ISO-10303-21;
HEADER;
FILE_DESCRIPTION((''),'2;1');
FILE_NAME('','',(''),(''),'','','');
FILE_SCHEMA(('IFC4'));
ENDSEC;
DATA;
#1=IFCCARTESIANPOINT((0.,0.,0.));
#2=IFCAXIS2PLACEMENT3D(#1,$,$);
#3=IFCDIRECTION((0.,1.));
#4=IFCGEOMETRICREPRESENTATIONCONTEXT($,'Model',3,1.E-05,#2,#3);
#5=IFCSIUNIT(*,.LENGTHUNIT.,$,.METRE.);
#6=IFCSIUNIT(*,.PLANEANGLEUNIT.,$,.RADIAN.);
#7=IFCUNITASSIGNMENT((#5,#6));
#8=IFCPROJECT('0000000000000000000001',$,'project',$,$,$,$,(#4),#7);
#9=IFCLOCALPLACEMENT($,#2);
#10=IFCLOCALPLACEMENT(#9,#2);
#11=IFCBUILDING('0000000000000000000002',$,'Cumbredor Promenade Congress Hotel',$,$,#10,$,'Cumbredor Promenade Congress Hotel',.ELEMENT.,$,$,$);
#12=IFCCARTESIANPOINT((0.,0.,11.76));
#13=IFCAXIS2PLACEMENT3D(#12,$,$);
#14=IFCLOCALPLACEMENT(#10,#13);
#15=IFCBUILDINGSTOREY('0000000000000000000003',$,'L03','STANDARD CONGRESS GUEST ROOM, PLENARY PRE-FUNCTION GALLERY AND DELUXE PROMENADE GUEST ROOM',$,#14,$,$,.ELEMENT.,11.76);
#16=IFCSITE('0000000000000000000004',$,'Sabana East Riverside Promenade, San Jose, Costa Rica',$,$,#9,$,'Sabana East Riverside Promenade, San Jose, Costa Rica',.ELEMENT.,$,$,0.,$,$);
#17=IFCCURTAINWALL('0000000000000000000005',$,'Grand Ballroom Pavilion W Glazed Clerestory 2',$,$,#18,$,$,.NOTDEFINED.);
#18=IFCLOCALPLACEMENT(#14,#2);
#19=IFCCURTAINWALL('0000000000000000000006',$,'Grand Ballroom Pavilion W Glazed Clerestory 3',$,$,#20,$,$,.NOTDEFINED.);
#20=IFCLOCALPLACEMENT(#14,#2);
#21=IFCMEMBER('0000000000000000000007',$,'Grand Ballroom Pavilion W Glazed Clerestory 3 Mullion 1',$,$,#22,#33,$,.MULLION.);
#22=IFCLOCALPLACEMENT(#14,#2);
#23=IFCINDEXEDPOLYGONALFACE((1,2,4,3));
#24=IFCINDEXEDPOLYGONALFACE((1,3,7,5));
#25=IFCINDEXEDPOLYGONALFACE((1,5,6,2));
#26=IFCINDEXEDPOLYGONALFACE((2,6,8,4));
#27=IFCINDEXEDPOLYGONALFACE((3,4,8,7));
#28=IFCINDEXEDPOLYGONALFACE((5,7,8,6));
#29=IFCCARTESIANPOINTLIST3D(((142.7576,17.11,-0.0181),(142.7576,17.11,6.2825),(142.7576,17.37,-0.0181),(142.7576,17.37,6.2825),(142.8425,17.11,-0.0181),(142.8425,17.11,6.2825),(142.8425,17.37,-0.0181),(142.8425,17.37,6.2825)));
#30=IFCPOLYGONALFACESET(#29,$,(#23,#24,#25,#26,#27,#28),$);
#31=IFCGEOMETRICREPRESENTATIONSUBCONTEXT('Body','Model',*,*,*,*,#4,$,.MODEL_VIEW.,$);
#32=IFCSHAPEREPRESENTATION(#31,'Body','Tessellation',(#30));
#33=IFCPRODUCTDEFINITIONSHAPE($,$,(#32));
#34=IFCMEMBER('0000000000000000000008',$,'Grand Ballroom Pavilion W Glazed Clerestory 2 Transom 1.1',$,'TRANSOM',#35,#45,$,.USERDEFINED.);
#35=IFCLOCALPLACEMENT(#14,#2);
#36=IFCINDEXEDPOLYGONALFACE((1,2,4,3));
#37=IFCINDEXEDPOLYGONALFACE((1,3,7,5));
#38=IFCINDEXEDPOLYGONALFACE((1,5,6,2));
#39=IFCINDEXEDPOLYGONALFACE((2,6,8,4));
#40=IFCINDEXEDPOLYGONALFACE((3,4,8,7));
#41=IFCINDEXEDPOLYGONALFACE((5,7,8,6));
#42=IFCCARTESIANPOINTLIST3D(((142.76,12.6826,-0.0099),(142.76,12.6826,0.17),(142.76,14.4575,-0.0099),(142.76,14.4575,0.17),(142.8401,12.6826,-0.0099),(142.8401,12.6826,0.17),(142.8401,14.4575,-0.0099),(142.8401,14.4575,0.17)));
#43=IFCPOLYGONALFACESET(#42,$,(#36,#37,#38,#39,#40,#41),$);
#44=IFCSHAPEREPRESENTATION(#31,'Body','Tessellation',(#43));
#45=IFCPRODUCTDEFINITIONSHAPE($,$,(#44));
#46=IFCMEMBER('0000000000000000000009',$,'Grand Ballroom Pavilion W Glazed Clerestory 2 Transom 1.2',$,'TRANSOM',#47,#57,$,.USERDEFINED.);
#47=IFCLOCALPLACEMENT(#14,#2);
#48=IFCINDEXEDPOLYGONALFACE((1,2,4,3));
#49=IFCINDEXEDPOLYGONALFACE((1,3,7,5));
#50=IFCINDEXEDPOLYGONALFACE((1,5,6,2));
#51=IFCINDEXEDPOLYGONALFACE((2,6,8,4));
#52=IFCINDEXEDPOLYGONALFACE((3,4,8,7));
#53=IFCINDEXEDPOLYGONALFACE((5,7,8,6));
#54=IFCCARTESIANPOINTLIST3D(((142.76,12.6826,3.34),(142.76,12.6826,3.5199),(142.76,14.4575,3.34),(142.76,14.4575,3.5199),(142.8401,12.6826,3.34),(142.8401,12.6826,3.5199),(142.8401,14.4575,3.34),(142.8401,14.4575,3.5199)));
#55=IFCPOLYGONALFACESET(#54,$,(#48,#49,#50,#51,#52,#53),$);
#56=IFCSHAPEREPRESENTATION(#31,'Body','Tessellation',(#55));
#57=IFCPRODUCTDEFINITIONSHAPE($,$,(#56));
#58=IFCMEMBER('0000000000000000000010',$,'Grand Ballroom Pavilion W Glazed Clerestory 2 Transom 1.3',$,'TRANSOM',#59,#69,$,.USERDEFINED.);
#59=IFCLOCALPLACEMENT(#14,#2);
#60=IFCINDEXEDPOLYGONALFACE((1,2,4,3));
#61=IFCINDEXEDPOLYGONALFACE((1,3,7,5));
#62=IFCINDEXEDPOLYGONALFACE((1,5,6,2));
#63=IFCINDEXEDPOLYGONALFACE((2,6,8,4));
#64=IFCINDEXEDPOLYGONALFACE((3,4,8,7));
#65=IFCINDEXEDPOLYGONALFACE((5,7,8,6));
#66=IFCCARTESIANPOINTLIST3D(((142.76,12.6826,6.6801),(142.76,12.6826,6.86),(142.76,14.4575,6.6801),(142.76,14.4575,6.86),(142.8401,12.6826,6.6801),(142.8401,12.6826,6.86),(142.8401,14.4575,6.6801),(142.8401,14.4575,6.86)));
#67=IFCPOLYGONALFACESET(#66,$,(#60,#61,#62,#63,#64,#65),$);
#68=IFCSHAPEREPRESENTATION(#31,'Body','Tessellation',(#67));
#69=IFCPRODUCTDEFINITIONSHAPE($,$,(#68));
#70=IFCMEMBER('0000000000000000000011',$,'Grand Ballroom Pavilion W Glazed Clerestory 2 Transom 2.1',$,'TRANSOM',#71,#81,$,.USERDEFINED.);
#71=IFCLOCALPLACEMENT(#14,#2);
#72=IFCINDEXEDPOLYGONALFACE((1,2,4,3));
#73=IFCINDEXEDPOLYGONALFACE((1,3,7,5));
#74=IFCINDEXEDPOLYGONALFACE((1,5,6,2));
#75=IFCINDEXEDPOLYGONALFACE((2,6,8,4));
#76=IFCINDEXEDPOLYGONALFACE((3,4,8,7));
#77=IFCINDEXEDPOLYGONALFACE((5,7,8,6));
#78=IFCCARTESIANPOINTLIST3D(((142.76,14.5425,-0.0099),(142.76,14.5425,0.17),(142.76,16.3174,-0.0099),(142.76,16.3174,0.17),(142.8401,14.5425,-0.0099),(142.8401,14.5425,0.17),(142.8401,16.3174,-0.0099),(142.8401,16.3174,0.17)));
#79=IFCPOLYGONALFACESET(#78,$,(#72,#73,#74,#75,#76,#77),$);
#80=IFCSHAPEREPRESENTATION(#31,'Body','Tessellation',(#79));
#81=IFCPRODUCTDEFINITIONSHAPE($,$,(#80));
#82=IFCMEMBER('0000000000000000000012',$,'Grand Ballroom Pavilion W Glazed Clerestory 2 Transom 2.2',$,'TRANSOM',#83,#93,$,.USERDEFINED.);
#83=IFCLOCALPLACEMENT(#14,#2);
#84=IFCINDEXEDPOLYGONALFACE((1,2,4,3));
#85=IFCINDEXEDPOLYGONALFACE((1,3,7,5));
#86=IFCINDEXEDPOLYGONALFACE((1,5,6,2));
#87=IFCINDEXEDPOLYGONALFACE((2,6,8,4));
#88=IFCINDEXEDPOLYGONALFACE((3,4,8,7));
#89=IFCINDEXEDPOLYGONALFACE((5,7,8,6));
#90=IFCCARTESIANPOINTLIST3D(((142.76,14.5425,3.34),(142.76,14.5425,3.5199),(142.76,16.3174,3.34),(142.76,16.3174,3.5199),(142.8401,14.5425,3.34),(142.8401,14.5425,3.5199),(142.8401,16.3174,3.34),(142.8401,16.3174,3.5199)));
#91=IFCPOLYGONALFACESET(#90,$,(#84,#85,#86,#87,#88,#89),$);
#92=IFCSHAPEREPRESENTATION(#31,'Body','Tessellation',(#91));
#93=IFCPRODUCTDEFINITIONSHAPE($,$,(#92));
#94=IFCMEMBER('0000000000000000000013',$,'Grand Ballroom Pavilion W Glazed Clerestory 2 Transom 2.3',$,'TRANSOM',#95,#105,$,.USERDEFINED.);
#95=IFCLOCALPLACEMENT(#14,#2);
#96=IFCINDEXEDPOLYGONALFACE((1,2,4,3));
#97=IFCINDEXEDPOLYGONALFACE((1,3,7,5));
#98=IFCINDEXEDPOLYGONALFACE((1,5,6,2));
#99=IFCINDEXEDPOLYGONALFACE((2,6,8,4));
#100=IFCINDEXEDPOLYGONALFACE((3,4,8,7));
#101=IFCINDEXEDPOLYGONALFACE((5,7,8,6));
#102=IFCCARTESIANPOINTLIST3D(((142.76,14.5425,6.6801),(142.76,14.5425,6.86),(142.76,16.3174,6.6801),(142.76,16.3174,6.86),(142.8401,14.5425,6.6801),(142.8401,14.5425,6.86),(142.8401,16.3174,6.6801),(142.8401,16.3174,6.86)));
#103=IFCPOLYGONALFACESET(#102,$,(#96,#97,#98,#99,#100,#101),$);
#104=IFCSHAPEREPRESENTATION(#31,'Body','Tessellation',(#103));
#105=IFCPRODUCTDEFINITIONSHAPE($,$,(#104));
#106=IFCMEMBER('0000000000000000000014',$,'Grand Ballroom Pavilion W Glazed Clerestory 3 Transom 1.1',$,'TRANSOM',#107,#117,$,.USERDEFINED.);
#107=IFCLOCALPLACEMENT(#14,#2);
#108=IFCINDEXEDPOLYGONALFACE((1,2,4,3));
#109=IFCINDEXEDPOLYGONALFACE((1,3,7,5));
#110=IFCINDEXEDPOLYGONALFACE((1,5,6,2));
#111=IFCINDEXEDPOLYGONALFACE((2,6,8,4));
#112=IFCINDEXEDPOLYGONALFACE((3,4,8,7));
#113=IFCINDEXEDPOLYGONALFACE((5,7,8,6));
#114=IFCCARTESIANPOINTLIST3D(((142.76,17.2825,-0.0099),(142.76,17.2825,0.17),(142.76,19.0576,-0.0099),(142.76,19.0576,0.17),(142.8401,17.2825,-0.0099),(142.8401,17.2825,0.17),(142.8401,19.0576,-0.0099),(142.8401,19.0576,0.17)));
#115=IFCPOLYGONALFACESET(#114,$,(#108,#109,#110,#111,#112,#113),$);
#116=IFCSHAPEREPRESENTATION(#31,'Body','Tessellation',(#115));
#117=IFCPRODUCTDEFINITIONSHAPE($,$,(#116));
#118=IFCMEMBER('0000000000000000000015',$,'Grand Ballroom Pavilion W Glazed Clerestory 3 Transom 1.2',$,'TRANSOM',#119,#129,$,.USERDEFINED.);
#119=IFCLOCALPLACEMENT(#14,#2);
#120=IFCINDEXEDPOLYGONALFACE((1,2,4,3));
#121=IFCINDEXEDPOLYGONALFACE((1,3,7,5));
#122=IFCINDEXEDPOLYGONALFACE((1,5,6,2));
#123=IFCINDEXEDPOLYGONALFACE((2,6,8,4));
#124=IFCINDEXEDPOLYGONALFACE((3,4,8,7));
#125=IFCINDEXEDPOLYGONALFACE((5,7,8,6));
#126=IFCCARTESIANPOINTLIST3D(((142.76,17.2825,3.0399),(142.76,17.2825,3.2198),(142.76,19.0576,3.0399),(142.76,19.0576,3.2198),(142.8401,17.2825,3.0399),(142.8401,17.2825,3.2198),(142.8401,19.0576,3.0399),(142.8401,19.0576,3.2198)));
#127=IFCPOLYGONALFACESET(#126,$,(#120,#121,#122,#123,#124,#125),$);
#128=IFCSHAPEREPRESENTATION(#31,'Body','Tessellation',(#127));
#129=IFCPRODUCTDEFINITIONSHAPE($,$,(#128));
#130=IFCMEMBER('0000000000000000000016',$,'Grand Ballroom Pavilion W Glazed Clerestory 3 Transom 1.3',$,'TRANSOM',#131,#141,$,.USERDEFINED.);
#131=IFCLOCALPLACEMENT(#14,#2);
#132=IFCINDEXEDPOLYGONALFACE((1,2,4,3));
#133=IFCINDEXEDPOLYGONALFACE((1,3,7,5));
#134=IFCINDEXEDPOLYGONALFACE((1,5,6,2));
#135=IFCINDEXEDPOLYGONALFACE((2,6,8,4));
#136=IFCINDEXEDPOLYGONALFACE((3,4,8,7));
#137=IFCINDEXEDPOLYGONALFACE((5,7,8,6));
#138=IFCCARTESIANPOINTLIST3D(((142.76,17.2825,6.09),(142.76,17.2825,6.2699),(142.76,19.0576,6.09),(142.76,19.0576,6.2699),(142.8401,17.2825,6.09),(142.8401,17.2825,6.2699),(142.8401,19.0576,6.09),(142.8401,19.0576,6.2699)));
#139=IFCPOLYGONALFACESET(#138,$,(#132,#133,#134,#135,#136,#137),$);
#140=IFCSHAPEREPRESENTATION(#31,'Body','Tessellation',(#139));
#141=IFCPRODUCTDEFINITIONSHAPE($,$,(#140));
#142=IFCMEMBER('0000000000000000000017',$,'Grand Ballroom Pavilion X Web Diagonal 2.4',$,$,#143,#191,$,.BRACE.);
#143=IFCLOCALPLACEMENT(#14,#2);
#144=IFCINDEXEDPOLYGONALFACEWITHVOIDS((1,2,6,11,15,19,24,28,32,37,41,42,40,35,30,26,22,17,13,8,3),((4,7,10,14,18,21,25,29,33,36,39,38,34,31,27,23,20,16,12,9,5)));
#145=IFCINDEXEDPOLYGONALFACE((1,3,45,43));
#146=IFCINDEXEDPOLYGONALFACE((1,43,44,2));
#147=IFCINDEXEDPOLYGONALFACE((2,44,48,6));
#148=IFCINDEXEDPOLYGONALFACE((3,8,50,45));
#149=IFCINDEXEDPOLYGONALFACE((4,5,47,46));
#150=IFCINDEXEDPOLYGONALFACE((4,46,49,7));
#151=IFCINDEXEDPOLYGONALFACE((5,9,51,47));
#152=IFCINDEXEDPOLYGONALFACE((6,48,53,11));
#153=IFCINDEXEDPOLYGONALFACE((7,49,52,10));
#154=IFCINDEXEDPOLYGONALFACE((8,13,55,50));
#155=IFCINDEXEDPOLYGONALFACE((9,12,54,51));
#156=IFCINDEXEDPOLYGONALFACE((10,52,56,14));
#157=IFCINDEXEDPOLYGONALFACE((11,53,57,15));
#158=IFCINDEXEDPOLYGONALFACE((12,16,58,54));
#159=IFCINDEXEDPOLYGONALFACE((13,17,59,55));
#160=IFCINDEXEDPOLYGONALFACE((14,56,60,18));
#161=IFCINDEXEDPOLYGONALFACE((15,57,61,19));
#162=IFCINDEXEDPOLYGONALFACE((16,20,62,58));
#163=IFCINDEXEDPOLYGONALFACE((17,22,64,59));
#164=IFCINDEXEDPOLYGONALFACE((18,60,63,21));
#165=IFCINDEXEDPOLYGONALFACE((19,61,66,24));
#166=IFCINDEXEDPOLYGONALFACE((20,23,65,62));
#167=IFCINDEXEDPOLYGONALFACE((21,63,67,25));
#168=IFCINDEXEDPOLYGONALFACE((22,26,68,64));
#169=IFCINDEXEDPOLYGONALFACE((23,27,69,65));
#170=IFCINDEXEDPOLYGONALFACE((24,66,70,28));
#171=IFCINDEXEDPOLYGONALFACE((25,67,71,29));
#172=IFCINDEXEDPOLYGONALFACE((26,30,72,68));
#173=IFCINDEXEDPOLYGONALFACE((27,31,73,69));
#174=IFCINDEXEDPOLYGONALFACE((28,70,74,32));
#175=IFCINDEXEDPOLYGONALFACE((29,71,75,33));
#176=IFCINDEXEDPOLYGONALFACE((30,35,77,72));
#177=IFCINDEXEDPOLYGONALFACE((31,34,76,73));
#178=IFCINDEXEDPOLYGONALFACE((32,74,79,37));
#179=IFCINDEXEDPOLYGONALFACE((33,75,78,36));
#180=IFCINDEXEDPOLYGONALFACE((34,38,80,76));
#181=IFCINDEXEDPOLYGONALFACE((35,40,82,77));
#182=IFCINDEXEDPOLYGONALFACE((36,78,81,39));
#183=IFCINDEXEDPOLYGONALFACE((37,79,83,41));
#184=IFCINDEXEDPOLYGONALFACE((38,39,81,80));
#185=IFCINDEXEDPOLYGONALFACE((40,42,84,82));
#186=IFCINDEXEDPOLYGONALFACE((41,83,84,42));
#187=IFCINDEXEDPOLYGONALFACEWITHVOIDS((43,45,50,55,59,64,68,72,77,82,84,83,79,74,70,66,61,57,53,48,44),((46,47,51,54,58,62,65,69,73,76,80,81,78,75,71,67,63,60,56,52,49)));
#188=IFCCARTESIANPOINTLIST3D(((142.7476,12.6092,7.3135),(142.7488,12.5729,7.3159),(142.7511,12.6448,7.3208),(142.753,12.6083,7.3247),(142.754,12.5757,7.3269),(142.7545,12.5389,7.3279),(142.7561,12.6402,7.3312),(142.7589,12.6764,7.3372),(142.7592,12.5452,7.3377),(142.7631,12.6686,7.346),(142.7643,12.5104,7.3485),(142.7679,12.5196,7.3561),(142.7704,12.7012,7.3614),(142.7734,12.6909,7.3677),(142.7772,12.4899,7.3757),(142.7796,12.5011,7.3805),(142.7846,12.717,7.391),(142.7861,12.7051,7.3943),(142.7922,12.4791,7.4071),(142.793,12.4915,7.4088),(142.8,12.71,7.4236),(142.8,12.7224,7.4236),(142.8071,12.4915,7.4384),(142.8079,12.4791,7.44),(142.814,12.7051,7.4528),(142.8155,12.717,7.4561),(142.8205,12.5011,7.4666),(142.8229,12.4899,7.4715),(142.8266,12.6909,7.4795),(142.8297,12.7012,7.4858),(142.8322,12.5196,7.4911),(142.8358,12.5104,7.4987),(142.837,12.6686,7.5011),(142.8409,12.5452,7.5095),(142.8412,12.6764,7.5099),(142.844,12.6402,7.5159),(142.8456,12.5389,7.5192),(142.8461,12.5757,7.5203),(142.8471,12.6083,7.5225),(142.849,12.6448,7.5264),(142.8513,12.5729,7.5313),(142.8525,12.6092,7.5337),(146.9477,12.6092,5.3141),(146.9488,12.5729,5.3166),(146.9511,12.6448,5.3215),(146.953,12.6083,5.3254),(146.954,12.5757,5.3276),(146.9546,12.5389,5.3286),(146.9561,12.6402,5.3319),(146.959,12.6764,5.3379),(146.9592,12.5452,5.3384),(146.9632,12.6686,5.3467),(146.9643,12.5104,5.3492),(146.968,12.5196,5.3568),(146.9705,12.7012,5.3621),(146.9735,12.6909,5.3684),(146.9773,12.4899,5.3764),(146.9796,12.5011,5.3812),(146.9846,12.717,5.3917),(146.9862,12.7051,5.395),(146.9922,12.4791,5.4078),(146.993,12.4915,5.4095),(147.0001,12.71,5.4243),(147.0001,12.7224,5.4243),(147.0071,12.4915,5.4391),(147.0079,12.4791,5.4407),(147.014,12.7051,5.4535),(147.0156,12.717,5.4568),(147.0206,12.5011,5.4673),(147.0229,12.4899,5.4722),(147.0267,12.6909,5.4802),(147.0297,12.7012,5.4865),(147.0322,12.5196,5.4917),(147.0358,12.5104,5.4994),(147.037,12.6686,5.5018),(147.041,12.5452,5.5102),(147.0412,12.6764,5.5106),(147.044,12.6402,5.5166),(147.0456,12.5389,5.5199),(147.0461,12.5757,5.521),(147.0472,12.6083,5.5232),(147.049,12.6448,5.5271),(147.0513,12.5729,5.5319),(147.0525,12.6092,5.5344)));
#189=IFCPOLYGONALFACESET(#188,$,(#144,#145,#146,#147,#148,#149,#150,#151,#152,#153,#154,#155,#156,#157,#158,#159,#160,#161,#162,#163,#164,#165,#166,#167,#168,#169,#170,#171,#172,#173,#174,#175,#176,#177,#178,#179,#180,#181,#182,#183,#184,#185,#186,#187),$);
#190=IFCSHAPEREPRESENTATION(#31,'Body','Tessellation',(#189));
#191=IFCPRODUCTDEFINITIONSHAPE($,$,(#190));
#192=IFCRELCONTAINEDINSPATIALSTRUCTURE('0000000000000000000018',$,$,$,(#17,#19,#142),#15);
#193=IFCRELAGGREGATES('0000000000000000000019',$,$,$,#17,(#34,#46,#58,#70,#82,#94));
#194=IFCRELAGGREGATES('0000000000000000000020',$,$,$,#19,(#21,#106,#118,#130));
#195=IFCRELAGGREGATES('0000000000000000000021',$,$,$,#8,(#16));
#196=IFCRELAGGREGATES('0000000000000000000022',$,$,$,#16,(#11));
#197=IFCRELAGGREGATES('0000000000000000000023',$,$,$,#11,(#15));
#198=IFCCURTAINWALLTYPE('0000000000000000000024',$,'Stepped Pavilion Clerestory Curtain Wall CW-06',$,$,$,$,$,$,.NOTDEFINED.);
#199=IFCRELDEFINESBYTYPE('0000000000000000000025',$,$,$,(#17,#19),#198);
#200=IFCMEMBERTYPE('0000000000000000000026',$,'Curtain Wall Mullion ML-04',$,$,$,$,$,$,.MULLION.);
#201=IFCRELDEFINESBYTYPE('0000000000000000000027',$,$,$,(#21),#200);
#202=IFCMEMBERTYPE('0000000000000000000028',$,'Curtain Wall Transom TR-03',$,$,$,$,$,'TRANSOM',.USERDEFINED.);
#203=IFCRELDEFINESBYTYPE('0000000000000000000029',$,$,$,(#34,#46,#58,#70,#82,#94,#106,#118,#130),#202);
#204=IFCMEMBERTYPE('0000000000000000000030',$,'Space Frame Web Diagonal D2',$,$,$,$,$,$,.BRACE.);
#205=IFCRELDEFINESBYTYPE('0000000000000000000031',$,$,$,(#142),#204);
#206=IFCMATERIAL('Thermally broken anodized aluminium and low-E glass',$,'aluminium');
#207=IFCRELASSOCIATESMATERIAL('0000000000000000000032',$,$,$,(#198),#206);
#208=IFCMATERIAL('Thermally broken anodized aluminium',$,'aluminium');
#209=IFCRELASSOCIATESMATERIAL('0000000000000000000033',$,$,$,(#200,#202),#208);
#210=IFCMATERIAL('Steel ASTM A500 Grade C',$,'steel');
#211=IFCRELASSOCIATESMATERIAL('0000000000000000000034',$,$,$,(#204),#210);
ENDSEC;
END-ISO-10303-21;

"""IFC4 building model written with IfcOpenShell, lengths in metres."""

from ifc_helpers import new_model, si_unit, direction, frame, origin, origin_2d, place, context, subcontext, project, spatial, rectangle, hollow_circle, extrude, material, material_profile, profile_set, type_object, element, aggregate, save


model = new_model("IFC4")

# Units and contexts
model_context = context("Model", 3, precision=1e-05, world=origin(), true_north=direction((0.0, 1.0)))
body_context = subcontext(model_context, "Body", "Model", "MODEL_VIEW")
ifc_project = project(units=[si_unit("LENGTHUNIT", "METRE"), si_unit("PLANEANGLEUNIT", "RADIAN")], contexts=[model_context])

# Site, building, storey
site_placement = place(None, origin())
site = spatial("IfcSite", under=ifc_project, at=site_placement, Name="Sabana East Riverside Promenade, San Jose, Costa Rica", LongName="Sabana East Riverside Promenade, San Jose, Costa Rica", CompositionType="ELEMENT", RefElevation=0.0)
building_placement = place(site_placement, origin())
building = spatial("IfcBuilding", under=site, at=building_placement, Name="Cumbredor Promenade Congress Hotel", LongName="Cumbredor Promenade Congress Hotel", CompositionType="ELEMENT")
storey_placement = place(building_placement, frame((0.0, 0.0, 11.76)))
storey = spatial("IfcBuildingStorey", under=building, at=storey_placement, Name="L03", Description="STANDARD CONGRESS GUEST ROOM, PLENARY PRE-FUNCTION GALLERY AND DELUXE PROMENADE GUEST ROOM", CompositionType="ELEMENT", Elevation=11.76)

# Shared definitions
ifc_material_1 = material(Name="Steel ASTM A500 Grade C", Category="steel")

# Shared definitions
ifc_material_2 = material(Name="Thermally broken anodized aluminium and low-E glass", Category="aluminium")
curtain_wall_type = type_object("IfcCurtainWallType", Name="Stepped Pavilion Clerestory Curtain Wall CW-06", PredefinedType="NOTDEFINED", material=ifc_material_2)
ifc_material_3 = material(Name="Thermally broken anodized aluminium", Category="aluminium")
ifc_material_profile_1 = material_profile(ifc_material_3, rectangle(XDim=0.085, YDim=0.26, at=origin_2d()), Name="ALU MULLION CLERESTORY 85x260")
ifc_profile_set_1 = profile_set([ifc_material_profile_1], Name="Thermally broken anodized aluminium")
member_type_1 = type_object("IfcMemberType", Name="Curtain Wall Mullion ML-04", PredefinedType="MULLION", material=ifc_profile_set_1)

# Curtain wall
curtain_wall_1_placement = place(storey_placement, origin())
curtain_wall_1 = element("IfcCurtainWall", 1, at=curtain_wall_1_placement, inside=storey, type_object=curtain_wall_type, Name="Grand Ballroom Pavilion W Glazed Clerestory 2", PredefinedType="NOTDEFINED")

# Curtain wall, member
curtain_wall_2_placement = place(storey_placement, origin())
curtain_wall_2 = element("IfcCurtainWall", 2, at=curtain_wall_2_placement, inside=storey, type_object=curtain_wall_type, Name="Grand Ballroom Pavilion W Glazed Clerestory 3", PredefinedType="NOTDEFINED")
member_1_placement = place(storey_placement, frame((142.8, 17.24, -0.0181), z_axis=(0.0, 0.0, 1.0), x_axis=(1.0, 0.0, 0.0)))
member_1 = element("IfcMember", 3, at=member_1_placement, type_object=member_type_1, Name="Grand Ballroom Pavilion W Glazed Clerestory 3 Mullion 1", PredefinedType="MULLION", context=body_context, shape_type="SweptSolid", body=[
    extrude(rectangle(XDim=0.085, YDim=0.26, at=origin_2d()), origin(), (0.0, 0.0, 1.0), 6.3005),
])

# Members
ifc_material_profile_2 = material_profile(ifc_material_3, rectangle(XDim=0.0801, YDim=0.1799, at=origin_2d()), Name="ALU TRANSOM 80x180")
ifc_profile_set_2 = profile_set([ifc_material_profile_2], Name="Thermally broken anodized aluminium")
member_type_2 = type_object("IfcMemberType", Name="Curtain Wall Transom TR-03", ElementType="TRANSOM", PredefinedType="USERDEFINED", material=ifc_profile_set_2)
member_2_placement = place(storey_placement, frame((142.8, 12.6826, 0.0801), z_axis=(0.0, 1.0, 0.0), x_axis=(-1.0, 0.0, 0.0)))
member_2 = element("IfcMember", 4, at=member_2_placement, type_object=member_type_2, Name="Grand Ballroom Pavilion W Glazed Clerestory 2 Transom 1.1", ObjectType="TRANSOM", PredefinedType="USERDEFINED", context=body_context, shape_type="SweptSolid", body=[
    extrude(rectangle(XDim=0.0801, YDim=0.1799, at=origin_2d()), origin(), (0.0, 0.0, 1.0), 1.7749),
])
member_3_placement = place(storey_placement, frame((142.8, 12.6826, 3.4299), z_axis=(0.0, 1.0, 0.0), x_axis=(-1.0, 0.0, 0.0)))
member_3 = element("IfcMember", 5, at=member_3_placement, type_object=member_type_2, Name="Grand Ballroom Pavilion W Glazed Clerestory 2 Transom 1.2", ObjectType="TRANSOM", PredefinedType="USERDEFINED", context=body_context, shape_type="SweptSolid", body=[
    extrude(rectangle(XDim=0.0801, YDim=0.1799, at=origin_2d()), origin(), (0.0, 0.0, 1.0), 1.7749),
])
member_4_placement = place(storey_placement, frame((142.8, 12.6826, 6.77), z_axis=(0.0, 1.0, 0.0), x_axis=(-1.0, 0.0, 0.0)))
member_4 = element("IfcMember", 6, at=member_4_placement, type_object=member_type_2, Name="Grand Ballroom Pavilion W Glazed Clerestory 2 Transom 1.3", ObjectType="TRANSOM", PredefinedType="USERDEFINED", context=body_context, shape_type="SweptSolid", body=[
    extrude(rectangle(XDim=0.0801, YDim=0.1799, at=origin_2d()), origin(), (0.0, 0.0, 1.0), 1.7749),
])
member_5_placement = place(storey_placement, frame((142.8, 14.5425, 0.0801), z_axis=(0.0, 1.0, 0.0), x_axis=(-1.0, 0.0, 0.0)))
member_5 = element("IfcMember", 7, at=member_5_placement, type_object=member_type_2, Name="Grand Ballroom Pavilion W Glazed Clerestory 2 Transom 2.1", ObjectType="TRANSOM", PredefinedType="USERDEFINED", context=body_context, shape_type="SweptSolid", body=[
    extrude(rectangle(XDim=0.0801, YDim=0.1799, at=origin_2d()), origin(), (0.0, 0.0, 1.0), 1.7749),
])
member_6_placement = place(storey_placement, frame((142.8, 14.5425, 3.4299), z_axis=(0.0, 1.0, 0.0), x_axis=(-1.0, 0.0, 0.0)))
member_6 = element("IfcMember", 8, at=member_6_placement, type_object=member_type_2, Name="Grand Ballroom Pavilion W Glazed Clerestory 2 Transom 2.2", ObjectType="TRANSOM", PredefinedType="USERDEFINED", context=body_context, shape_type="SweptSolid", body=[
    extrude(rectangle(XDim=0.0801, YDim=0.1799, at=origin_2d()), origin(), (0.0, 0.0, 1.0), 1.7749),
])
member_7_placement = place(storey_placement, frame((142.8, 14.5425, 6.77), z_axis=(0.0, 1.0, 0.0), x_axis=(-1.0, 0.0, 0.0)))
member_7 = element("IfcMember", 9, at=member_7_placement, type_object=member_type_2, Name="Grand Ballroom Pavilion W Glazed Clerestory 2 Transom 2.3", ObjectType="TRANSOM", PredefinedType="USERDEFINED", context=body_context, shape_type="SweptSolid", body=[
    extrude(rectangle(XDim=0.0801, YDim=0.1799, at=origin_2d()), origin(), (0.0, 0.0, 1.0), 1.7749),
])
member_8_placement = place(storey_placement, frame((142.8, 17.2825, 0.0801), z_axis=(0.0, 1.0, 0.0), x_axis=(-1.0, 0.0, 0.0)))
member_8 = element("IfcMember", 10, at=member_8_placement, type_object=member_type_2, Name="Grand Ballroom Pavilion W Glazed Clerestory 3 Transom 1.1", ObjectType="TRANSOM", PredefinedType="USERDEFINED", context=body_context, shape_type="SweptSolid", body=[
    extrude(rectangle(XDim=0.0801, YDim=0.1799, at=origin_2d()), origin(), (0.0, 0.0, 1.0), 1.7751),
])
member_9_placement = place(storey_placement, frame((142.8, 17.2825, 3.1299), z_axis=(0.0, 1.0, 0.0), x_axis=(-1.0, 0.0, 0.0)))
member_9 = element("IfcMember", 11, at=member_9_placement, type_object=member_type_2, Name="Grand Ballroom Pavilion W Glazed Clerestory 3 Transom 1.2", ObjectType="TRANSOM", PredefinedType="USERDEFINED", context=body_context, shape_type="SweptSolid", body=[
    extrude(rectangle(XDim=0.0801, YDim=0.1799, at=origin_2d()), origin(), (0.0, 0.0, 1.0), 1.7751),
])
member_10_placement = place(storey_placement, frame((142.8, 17.2825, 6.1799), z_axis=(0.0, 1.0, 0.0), x_axis=(-1.0, 0.0, 0.0)))
member_10 = element("IfcMember", 12, at=member_10_placement, type_object=member_type_2, Name="Grand Ballroom Pavilion W Glazed Clerestory 3 Transom 1.3", ObjectType="TRANSOM", PredefinedType="USERDEFINED", context=body_context, shape_type="SweptSolid", body=[
    extrude(rectangle(XDim=0.0801, YDim=0.1799, at=origin_2d()), origin(), (0.0, 0.0, 1.0), 1.7751),
])

# Member
ifc_material_profile_3 = material_profile(ifc_material_1, hollow_circle(Radius=0.1223, WallThickness=0.0125, at=origin_2d()), Name="CHS 244.5x12.5")
ifc_profile_set_3 = profile_set([ifc_material_profile_3], Name="Steel ASTM A500 Grade C")
member_type_3 = type_object("IfcMemberType", Name="Space Frame Web Diagonal D2", PredefinedType="BRACE", material=ifc_profile_set_3)
member_11_placement = place(storey_placement, frame((142.8, 12.6001, 7.4236), z_axis=(0.90292, 0.0, -0.429809), x_axis=(0.0, 1.0, 0.0)))
element("IfcMember", 13, at=member_11_placement, inside=storey, type_object=member_type_3, Name="Grand Ballroom Pavilion X Web Diagonal 2.4", PredefinedType="BRACE", context=body_context, shape_type="SweptSolid", body=[
    extrude(hollow_circle(Radius=0.1223, WallThickness=0.0125, at=origin_2d()), origin(), (0.0, 0.0, 1.0), 4.6516),
])

aggregate(curtain_wall_1, [member_2, member_3, member_4, member_5, member_6, member_7])
aggregate(curtain_wall_2, [member_1, member_8, member_9, member_10])

save(model, "model.ifc")
